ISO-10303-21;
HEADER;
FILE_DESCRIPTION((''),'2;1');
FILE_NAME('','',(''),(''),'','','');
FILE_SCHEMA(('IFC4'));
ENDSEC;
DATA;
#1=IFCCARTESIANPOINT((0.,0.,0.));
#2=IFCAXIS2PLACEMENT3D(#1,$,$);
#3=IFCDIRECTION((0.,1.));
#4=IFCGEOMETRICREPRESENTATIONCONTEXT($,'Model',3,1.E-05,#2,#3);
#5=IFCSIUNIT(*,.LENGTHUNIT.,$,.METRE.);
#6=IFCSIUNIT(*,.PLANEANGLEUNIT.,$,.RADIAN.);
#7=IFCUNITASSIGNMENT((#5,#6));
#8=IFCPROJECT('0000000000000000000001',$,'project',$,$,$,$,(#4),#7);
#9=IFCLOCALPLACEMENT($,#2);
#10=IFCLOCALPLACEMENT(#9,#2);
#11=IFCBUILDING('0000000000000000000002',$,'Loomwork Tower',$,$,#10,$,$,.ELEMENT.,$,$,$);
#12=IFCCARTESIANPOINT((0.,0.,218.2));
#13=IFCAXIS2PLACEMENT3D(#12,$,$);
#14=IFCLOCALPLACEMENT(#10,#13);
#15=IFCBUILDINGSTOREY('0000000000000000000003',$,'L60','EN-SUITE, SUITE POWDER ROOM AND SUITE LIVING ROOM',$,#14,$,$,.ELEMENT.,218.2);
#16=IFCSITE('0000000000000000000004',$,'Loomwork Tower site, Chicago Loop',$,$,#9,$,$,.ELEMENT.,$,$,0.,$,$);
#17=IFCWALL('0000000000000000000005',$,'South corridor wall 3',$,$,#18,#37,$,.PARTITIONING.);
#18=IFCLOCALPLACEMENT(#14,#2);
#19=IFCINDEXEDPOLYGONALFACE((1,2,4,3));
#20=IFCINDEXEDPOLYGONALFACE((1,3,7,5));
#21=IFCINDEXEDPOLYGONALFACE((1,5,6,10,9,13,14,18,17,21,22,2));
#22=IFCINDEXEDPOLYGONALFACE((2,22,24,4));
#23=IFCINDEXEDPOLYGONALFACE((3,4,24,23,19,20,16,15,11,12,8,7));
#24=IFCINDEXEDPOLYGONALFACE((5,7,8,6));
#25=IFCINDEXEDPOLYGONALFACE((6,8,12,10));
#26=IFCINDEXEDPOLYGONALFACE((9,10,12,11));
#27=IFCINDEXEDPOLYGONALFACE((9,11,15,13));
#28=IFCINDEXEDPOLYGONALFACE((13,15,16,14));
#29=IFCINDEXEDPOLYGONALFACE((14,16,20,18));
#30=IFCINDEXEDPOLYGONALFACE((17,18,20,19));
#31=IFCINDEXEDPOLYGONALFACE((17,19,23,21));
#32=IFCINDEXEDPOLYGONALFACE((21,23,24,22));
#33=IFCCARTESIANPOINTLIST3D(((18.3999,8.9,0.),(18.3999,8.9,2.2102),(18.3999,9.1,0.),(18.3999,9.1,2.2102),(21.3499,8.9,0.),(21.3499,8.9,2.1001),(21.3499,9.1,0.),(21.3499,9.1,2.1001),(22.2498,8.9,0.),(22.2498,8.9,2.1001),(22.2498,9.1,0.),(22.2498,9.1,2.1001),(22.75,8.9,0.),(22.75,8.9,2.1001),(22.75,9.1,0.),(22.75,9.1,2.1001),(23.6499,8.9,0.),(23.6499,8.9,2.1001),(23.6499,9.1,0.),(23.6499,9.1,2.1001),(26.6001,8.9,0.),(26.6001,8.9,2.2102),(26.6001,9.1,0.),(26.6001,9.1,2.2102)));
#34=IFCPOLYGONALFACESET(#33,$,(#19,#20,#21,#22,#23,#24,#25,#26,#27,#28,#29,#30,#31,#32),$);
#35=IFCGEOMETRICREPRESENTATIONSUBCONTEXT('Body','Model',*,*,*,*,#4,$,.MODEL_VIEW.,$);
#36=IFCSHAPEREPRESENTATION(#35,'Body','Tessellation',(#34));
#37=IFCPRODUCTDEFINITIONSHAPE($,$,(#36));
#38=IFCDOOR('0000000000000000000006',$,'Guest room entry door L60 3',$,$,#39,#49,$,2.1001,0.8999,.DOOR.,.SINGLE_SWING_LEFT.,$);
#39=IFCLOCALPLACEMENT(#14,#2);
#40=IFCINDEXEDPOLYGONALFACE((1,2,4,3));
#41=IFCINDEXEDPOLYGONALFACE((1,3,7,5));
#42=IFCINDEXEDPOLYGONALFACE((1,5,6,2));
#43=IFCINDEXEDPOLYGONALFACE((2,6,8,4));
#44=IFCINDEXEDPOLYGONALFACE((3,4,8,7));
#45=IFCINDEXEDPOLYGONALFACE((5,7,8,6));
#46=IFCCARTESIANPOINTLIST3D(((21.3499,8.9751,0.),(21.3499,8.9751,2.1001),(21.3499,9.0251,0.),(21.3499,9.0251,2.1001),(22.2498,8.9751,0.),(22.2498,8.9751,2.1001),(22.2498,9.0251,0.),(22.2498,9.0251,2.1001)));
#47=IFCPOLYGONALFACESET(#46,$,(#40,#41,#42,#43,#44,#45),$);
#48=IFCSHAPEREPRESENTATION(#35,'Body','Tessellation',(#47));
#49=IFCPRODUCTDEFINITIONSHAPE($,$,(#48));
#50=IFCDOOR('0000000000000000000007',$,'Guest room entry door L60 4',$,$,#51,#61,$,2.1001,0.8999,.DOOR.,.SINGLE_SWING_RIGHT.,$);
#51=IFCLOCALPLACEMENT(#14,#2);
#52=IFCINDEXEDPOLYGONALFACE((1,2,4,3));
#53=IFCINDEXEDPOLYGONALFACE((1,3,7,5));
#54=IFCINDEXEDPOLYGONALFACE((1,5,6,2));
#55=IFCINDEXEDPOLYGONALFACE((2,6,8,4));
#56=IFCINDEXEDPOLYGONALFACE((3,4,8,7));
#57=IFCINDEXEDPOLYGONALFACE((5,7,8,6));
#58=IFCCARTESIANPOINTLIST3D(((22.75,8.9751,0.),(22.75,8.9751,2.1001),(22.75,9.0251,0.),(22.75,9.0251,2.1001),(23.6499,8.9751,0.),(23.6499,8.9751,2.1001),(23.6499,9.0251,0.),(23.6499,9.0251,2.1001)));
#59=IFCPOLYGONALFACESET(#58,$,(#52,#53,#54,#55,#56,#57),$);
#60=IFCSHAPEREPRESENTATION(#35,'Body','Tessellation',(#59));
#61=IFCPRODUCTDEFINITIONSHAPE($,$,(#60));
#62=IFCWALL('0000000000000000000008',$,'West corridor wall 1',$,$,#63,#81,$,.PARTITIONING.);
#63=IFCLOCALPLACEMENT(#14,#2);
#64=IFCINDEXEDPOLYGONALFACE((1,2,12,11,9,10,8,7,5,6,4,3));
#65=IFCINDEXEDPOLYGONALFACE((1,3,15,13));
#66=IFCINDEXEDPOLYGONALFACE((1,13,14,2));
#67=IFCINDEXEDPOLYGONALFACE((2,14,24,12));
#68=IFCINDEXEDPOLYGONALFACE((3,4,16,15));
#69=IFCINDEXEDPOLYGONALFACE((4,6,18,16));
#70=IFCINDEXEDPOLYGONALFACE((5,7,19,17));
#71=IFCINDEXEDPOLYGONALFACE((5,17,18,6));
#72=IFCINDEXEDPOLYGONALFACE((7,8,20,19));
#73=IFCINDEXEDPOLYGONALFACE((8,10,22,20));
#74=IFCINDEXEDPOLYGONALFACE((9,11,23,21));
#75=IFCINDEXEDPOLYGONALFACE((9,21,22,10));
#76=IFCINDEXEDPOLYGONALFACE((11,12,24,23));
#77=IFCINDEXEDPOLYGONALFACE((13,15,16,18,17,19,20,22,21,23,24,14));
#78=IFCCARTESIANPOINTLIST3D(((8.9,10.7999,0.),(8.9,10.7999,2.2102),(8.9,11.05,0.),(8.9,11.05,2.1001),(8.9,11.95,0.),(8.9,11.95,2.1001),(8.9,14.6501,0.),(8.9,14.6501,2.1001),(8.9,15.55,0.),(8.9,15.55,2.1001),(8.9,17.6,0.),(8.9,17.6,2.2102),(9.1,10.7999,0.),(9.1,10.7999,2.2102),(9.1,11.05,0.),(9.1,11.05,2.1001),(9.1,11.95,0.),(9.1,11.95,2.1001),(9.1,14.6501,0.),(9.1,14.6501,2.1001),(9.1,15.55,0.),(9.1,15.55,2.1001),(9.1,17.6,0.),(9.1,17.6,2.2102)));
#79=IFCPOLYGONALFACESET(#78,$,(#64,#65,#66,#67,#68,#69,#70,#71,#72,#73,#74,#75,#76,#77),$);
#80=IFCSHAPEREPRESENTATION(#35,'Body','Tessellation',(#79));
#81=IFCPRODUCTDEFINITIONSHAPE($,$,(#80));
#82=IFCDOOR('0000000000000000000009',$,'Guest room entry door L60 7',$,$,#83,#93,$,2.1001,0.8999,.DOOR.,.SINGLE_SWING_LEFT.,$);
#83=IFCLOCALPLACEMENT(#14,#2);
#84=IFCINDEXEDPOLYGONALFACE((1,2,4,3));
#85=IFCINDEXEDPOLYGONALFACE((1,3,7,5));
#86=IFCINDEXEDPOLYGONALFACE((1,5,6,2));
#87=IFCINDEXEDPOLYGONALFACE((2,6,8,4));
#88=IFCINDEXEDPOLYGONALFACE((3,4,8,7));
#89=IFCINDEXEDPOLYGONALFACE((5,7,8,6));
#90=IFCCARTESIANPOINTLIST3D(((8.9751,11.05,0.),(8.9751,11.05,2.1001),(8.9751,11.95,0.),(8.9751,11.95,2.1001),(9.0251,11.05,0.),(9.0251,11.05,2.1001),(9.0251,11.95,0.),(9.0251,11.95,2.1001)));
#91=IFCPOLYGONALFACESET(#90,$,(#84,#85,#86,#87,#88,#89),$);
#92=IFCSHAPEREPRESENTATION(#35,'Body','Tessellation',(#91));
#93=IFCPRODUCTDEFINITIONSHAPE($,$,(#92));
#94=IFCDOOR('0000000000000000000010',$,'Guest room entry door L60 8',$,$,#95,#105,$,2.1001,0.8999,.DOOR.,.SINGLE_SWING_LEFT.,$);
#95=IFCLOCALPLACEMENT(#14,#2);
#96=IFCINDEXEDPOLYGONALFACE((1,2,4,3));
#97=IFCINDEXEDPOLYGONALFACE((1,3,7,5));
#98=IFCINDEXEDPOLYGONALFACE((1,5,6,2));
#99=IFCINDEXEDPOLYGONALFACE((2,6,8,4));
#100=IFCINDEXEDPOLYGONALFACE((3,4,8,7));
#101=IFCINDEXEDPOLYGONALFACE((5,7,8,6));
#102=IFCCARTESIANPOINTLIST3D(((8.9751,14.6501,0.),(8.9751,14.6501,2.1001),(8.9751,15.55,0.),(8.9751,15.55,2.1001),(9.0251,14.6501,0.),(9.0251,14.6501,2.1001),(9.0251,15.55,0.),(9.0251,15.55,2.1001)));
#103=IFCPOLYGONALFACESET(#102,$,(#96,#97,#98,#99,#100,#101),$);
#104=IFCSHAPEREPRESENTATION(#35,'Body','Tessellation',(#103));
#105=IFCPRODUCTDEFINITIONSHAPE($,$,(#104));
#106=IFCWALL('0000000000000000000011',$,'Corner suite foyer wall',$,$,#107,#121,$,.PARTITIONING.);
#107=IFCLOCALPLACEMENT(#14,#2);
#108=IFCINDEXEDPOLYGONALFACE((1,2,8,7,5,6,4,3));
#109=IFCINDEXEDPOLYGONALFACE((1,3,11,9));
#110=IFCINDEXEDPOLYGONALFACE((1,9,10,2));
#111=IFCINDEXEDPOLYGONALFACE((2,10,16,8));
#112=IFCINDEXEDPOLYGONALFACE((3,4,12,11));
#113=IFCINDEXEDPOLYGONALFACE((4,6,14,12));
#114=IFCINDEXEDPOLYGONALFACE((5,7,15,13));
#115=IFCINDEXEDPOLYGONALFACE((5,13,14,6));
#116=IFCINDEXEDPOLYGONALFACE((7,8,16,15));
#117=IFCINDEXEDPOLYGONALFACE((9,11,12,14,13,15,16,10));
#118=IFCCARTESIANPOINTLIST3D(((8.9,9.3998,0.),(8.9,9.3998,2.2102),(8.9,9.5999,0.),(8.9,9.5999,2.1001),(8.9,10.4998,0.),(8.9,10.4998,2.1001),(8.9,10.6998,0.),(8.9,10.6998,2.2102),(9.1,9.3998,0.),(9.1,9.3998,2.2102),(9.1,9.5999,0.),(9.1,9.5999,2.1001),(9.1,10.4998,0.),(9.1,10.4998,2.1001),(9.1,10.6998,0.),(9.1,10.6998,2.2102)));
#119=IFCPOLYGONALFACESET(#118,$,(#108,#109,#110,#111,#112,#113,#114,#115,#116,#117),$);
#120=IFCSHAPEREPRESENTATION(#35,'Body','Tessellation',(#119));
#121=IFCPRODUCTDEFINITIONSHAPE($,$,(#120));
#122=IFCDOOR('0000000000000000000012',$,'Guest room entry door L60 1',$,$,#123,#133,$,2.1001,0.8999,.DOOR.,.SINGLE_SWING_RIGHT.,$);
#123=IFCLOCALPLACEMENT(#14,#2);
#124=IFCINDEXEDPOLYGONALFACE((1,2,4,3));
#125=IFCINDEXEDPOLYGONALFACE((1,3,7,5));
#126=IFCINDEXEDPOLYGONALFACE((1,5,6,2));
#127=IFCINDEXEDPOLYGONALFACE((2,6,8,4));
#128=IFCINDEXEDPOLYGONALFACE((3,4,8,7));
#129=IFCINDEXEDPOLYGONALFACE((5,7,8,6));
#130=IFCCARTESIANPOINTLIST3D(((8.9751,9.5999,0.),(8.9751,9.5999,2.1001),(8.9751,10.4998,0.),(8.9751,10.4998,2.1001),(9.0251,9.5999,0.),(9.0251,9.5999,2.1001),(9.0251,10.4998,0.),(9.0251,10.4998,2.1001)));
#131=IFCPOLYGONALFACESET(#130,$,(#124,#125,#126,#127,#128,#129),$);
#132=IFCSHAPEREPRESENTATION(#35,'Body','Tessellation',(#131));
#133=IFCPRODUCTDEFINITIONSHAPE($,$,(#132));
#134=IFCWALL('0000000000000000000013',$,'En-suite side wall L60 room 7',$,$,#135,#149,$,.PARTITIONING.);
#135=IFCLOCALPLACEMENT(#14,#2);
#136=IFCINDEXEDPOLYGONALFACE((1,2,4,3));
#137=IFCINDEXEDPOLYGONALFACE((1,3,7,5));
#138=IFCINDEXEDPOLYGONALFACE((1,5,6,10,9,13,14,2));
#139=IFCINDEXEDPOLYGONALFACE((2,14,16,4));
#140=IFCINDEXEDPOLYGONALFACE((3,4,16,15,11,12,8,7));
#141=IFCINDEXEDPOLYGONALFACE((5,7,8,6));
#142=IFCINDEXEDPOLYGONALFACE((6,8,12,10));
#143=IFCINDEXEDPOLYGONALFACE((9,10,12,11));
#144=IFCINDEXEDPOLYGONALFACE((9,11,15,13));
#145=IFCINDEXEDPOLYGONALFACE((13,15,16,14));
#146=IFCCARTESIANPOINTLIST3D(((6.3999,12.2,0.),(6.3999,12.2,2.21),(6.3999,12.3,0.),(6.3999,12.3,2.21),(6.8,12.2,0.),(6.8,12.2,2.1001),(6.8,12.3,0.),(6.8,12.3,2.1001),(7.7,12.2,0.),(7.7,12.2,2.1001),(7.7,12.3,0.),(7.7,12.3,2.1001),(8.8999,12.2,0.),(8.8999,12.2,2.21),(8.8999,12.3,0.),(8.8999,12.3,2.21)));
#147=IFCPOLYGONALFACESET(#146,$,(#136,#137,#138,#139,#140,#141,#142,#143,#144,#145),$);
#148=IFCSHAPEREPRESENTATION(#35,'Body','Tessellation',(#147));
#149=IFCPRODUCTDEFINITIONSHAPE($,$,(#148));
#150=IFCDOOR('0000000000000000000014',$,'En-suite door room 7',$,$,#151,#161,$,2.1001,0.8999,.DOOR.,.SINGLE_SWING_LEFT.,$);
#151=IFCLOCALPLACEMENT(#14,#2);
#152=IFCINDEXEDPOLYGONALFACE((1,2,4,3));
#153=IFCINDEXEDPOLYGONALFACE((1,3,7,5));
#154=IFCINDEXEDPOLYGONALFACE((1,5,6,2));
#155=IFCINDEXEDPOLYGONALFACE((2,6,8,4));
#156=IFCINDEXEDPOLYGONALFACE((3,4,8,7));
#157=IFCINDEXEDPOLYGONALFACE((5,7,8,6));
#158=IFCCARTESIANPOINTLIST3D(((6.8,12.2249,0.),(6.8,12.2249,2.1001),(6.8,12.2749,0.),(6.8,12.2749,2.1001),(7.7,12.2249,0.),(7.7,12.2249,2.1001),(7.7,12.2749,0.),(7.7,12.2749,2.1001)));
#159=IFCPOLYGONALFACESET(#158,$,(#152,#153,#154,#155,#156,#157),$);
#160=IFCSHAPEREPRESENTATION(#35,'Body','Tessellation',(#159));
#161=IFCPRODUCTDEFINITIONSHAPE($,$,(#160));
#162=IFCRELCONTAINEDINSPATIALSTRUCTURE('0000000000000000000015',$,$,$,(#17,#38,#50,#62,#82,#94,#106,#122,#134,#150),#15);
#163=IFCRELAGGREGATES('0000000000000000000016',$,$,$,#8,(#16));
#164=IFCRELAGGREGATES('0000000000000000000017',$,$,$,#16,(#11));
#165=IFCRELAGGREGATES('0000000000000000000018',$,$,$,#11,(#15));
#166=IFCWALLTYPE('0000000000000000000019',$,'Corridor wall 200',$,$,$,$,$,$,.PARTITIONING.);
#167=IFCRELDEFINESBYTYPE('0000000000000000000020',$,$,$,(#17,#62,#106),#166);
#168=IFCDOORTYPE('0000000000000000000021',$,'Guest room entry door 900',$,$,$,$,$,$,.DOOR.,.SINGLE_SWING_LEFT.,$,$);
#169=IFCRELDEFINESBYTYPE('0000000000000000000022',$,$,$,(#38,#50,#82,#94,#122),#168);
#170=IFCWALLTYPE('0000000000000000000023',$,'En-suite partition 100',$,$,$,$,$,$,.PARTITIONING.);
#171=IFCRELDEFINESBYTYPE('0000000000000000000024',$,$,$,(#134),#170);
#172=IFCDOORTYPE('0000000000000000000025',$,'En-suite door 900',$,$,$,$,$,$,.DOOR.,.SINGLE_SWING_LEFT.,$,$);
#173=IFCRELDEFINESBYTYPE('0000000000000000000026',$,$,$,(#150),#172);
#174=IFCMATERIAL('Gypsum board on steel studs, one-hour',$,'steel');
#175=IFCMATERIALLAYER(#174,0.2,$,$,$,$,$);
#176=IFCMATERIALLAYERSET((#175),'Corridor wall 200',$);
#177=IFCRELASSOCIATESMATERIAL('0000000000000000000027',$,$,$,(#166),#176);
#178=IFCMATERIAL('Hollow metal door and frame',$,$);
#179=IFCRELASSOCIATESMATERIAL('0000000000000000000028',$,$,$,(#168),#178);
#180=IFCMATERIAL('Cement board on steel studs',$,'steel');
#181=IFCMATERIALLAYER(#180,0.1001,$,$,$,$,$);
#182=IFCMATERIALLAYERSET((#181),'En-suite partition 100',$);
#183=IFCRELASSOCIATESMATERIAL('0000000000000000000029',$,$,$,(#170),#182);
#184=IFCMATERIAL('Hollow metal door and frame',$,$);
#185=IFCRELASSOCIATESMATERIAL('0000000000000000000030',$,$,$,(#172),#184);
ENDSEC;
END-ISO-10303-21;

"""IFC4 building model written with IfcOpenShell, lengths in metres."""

from ifc_helpers import new_model, si_unit, direction, frame, frame_2d, origin, place, context, subcontext, project, spatial, rectangle, extrude, material, layer, layer_set, type_object, element, fill, save


model = new_model("IFC4")

# Units and contexts
model_context = context("Model", 3, precision=1e-05, world=origin(), true_north=direction((0.0, 1.0)))
body_context = subcontext(model_context, "Body", "Model", "MODEL_VIEW")
ifc_project = project(units=[si_unit("LENGTHUNIT", "METRE"), si_unit("PLANEANGLEUNIT", "RADIAN")], contexts=[model_context])

# Site, building, storey
site_placement = place(None, origin())
site = spatial("IfcSite", under=ifc_project, at=site_placement, Name="Loomwork Tower site, Chicago Loop", CompositionType="ELEMENT", RefElevation=0.0)
building_placement = place(site_placement, origin())
building = spatial("IfcBuilding", under=site, at=building_placement, Name="Loomwork Tower", CompositionType="ELEMENT")
storey_placement = place(building_placement, frame((0.0, 0.0, 218.2)))
storey = spatial("IfcBuildingStorey", under=building, at=storey_placement, Name="L60", Description="EN-SUITE, SUITE POWDER ROOM AND SUITE LIVING ROOM", CompositionType="ELEMENT", Elevation=218.2)

# Walls, openings, doors
ifc_material_1 = material(Name="Gypsum board on steel studs, one-hour", Category="steel")
ifc_layer_1 = layer(ifc_material_1, 0.2)
ifc_layer_set_1 = layer_set([ifc_layer_1], Name="Corridor wall 200")
wall_type_1 = type_object("IfcWallType", Name="Corridor wall 200", PredefinedType="PARTITIONING", material=ifc_layer_set_1)
wall_1_placement = place(storey_placement, frame((18.3999, 9.0, 0.0), z_axis=(0.0, 0.0, 1.0), x_axis=(1.0, 0.0, 0.0)))
wall_1 = element("IfcWall", 1, at=wall_1_placement, inside=storey, type_object=wall_type_1, Name="South corridor wall 3", PredefinedType="PARTITIONING", context=body_context, shape_type="SweptSolid", body=[
    extrude(rectangle(XDim=8.2002, YDim=0.2, at=frame_2d((4.1001, 0.0))), origin(), (0.0, 0.0, 1.0), 2.2102),
])
opening_1_placement = place(wall_1_placement, frame((2.95, 0.0, 0.0)))
opening_1 = element("IfcOpeningElement", 2, at=opening_1_placement, cuts=wall_1, PredefinedType="OPENING", context=body_context, shape_type="SweptSolid", body=[
    extrude(rectangle(XDim=0.8999, YDim=2.1001, at=frame_2d((0.45, 1.05))), frame((0.0, 0.1099, 0.0), z_axis=(0.0, -1.0, 0.0), x_axis=(1.0, 0.0, 0.0)), (0.0, 0.0, 1.0), 0.22),
])
opening_2_placement = place(wall_1_placement, frame((4.3501, 0.0, 0.0)))
opening_2 = element("IfcOpeningElement", 3, at=opening_2_placement, cuts=wall_1, PredefinedType="OPENING", context=body_context, shape_type="SweptSolid", body=[
    extrude(rectangle(XDim=0.8999, YDim=2.1001, at=frame_2d((0.45, 1.05))), frame((0.0, 0.1099, 0.0), z_axis=(0.0, -1.0, 0.0), x_axis=(1.0, 0.0, 0.0)), (0.0, 0.0, 1.0), 0.22),
])
ifc_material_2 = material(Name="Hollow metal door and frame")
door_type_1 = type_object("IfcDoorType", Name="Guest room entry door 900", OperationType="SINGLE_SWING_LEFT", PredefinedType="DOOR", material=ifc_material_2)
door_1_placement = place(opening_1_placement, frame((0.8999, 0.0, 0.0), z_axis=(0.0, 0.0, 1.0), x_axis=(-1.0, 0.0, 0.0)))
door_1 = element("IfcDoor", 4, at=door_1_placement, inside=storey, type_object=door_type_1, Name="Guest room entry door L60 3", OperationType="SINGLE_SWING_LEFT", OverallHeight=2.1001, OverallWidth=0.8999, PredefinedType="DOOR", context=body_context, shape_type="SweptSolid", body=[
    extrude(rectangle(XDim=0.8999, YDim=2.1001, at=frame_2d((0.45, 1.05))), frame((0.0, 0.0249, 0.0), z_axis=(0.0, -1.0, 0.0), x_axis=(1.0, 0.0, 0.0)), (0.0, 0.0, 1.0), 0.05),
])
fill(opening_1, door_1)
door_2_placement = place(opening_2_placement, frame((0.8999, 0.0, 0.0), z_axis=(0.0, 0.0, 1.0), x_axis=(-1.0, 0.0, 0.0)))
door_2 = element("IfcDoor", 5, at=door_2_placement, inside=storey, type_object=door_type_1, Name="Guest room entry door L60 4", OperationType="SINGLE_SWING_RIGHT", OverallHeight=2.1001, OverallWidth=0.8999, PredefinedType="DOOR", context=body_context, shape_type="SweptSolid", body=[
    extrude(rectangle(XDim=0.8999, YDim=2.1001, at=frame_2d((0.45, 1.05))), frame((0.0, 0.0249, 0.0), z_axis=(0.0, -1.0, 0.0), x_axis=(1.0, 0.0, 0.0)), (0.0, 0.0, 1.0), 0.05),
])
fill(opening_2, door_2)
wall_2_placement = place(storey_placement, frame((9.0, 10.8, 0.0), z_axis=(0.0, 0.0, 1.0), x_axis=(0.0, 1.0, 0.0)))
wall_2 = element("IfcWall", 6, at=wall_2_placement, inside=storey, type_object=wall_type_1, Name="West corridor wall 1", PredefinedType="PARTITIONING", context=body_context, shape_type="SweptSolid", body=[
    extrude(rectangle(XDim=6.8, YDim=0.2, at=frame_2d((3.3999, 0.0))), origin(), (0.0, 0.0, 1.0), 2.2102),
])
opening_3_placement = place(wall_2_placement, frame((0.25, 0.0, 0.0)))
opening_3 = element("IfcOpeningElement", 7, at=opening_3_placement, cuts=wall_2, PredefinedType="OPENING", context=body_context, shape_type="SweptSolid", body=[
    extrude(rectangle(XDim=0.8999, YDim=2.1001, at=frame_2d((0.45, 1.05))), frame((0.0, 0.1099, 0.0), z_axis=(0.0, -1.0, 0.0), x_axis=(1.0, 0.0, 0.0)), (0.0, 0.0, 1.0), 0.22),
])
opening_4_placement = place(wall_2_placement, frame((3.8501, 0.0, 0.0)))
opening_4 = element("IfcOpeningElement", 8, at=opening_4_placement, cuts=wall_2, PredefinedType="OPENING", context=body_context, shape_type="SweptSolid", body=[
    extrude(rectangle(XDim=0.8999, YDim=2.1001, at=frame_2d((0.45, 1.05))), frame((0.0, 0.1099, 0.0), z_axis=(0.0, -1.0, 0.0), x_axis=(1.0, 0.0, 0.0)), (0.0, 0.0, 1.0), 0.22),
])
door_3_placement = place(opening_3_placement, origin())
door_3 = element("IfcDoor", 9, at=door_3_placement, inside=storey, type_object=door_type_1, Name="Guest room entry door L60 7", OperationType="SINGLE_SWING_LEFT", OverallHeight=2.1001, OverallWidth=0.8999, PredefinedType="DOOR", context=body_context, shape_type="SweptSolid", body=[
    extrude(rectangle(XDim=0.8999, YDim=2.1001, at=frame_2d((0.45, 1.05))), frame((0.0, 0.0249, 0.0), z_axis=(0.0, -1.0, 0.0), x_axis=(1.0, 0.0, 0.0)), (0.0, 0.0, 1.0), 0.05),
])
fill(opening_3, door_3)
door_4_placement = place(opening_4_placement, origin())
door_4 = element("IfcDoor", 10, at=door_4_placement, inside=storey, type_object=door_type_1, Name="Guest room entry door L60 8", OperationType="SINGLE_SWING_LEFT", OverallHeight=2.1001, OverallWidth=0.8999, PredefinedType="DOOR", context=body_context, shape_type="SweptSolid", body=[
    extrude(rectangle(XDim=0.8999, YDim=2.1001, at=frame_2d((0.45, 1.05))), frame((0.0, 0.0249, 0.0), z_axis=(0.0, -1.0, 0.0), x_axis=(1.0, 0.0, 0.0)), (0.0, 0.0, 1.0), 0.05),
])
fill(opening_4, door_4)

# Walls, openings, doors
wall_3_placement = place(storey_placement, frame((9.0, 9.3999, 0.0), z_axis=(0.0, 0.0, 1.0), x_axis=(0.0, 1.0, 0.0)))
wall_3 = element("IfcWall", 11, at=wall_3_placement, inside=storey, type_object=wall_type_1, Name="Corner suite foyer wall", PredefinedType="PARTITIONING", context=body_context, shape_type="SweptSolid", body=[
    extrude(rectangle(XDim=1.3, YDim=0.2, at=frame_2d((0.6499, 0.0))), origin(), (0.0, 0.0, 1.0), 2.2102),
])
opening_5_placement = place(wall_3_placement, frame((0.2, 0.0, 0.0)))
opening_5 = element("IfcOpeningElement", 12, at=opening_5_placement, cuts=wall_3, PredefinedType="OPENING", context=body_context, shape_type="SweptSolid", body=[
    extrude(rectangle(XDim=0.8999, YDim=2.1001, at=frame_2d((0.45, 1.05))), frame((0.0, 0.1099, 0.0), z_axis=(0.0, -1.0, 0.0), x_axis=(1.0, 0.0, 0.0)), (0.0, 0.0, 1.0), 0.22),
])
door_5_placement = place(opening_5_placement, origin())
door_5 = element("IfcDoor", 13, at=door_5_placement, inside=storey, type_object=door_type_1, Name="Guest room entry door L60 1", OperationType="SINGLE_SWING_RIGHT", OverallHeight=2.1001, OverallWidth=0.8999, PredefinedType="DOOR", context=body_context, shape_type="SweptSolid", body=[
    extrude(rectangle(XDim=0.8999, YDim=2.1001, at=frame_2d((0.45, 1.05))), frame((0.0, 0.0249, 0.0), z_axis=(0.0, -1.0, 0.0), x_axis=(1.0, 0.0, 0.0)), (0.0, 0.0, 1.0), 0.05),
])
fill(opening_5, door_5)
ifc_material_3 = material(Name="Cement board on steel studs", Category="steel")
ifc_layer_2 = layer(ifc_material_3, 0.1001)
ifc_layer_set_2 = layer_set([ifc_layer_2], Name="En-suite partition 100")
wall_type_2 = type_object("IfcWallType", Name="En-suite partition 100", PredefinedType="PARTITIONING", material=ifc_layer_set_2)
wall_4_placement = place(storey_placement, frame((8.8999, 12.25, 0.0), z_axis=(0.0, 0.0, 1.0), x_axis=(-1.0, 0.0, 0.0)))
wall_4 = element("IfcWall", 14, at=wall_4_placement, inside=storey, type_object=wall_type_2, Name="En-suite side wall L60 room 7", PredefinedType="PARTITIONING", context=body_context, shape_type="SweptSolid", body=[
    extrude(rectangle(XDim=2.5, YDim=0.1001, at=frame_2d((1.25, 0.0))), origin(), (0.0, 0.0, 1.0), 2.21),
])
opening_6_placement = place(wall_4_placement, frame((1.2, 0.0, 0.0)))
opening_6 = element("IfcOpeningElement", 15, at=opening_6_placement, cuts=wall_4, PredefinedType="OPENING", context=body_context, shape_type="SweptSolid", body=[
    extrude(rectangle(XDim=0.8999, YDim=2.1001, at=frame_2d((0.45, 1.05))), frame((0.0, 0.0601, 0.0), z_axis=(0.0, -1.0, 0.0), x_axis=(1.0, 0.0, 0.0)), (0.0, 0.0, 1.0), 0.1201),
])
ifc_material_4 = material(Name="Hollow metal door and frame")
door_type_2 = type_object("IfcDoorType", Name="En-suite door 900", OperationType="SINGLE_SWING_LEFT", PredefinedType="DOOR", material=ifc_material_4)
door_6_placement = place(opening_6_placement, frame((0.8999, 0.0, 0.0), z_axis=(0.0, 0.0, 1.0), x_axis=(-1.0, 0.0, 0.0)))
door_6 = element("IfcDoor", 16, at=door_6_placement, inside=storey, type_object=door_type_2, Name="En-suite door room 7", OperationType="SINGLE_SWING_LEFT", OverallHeight=2.1001, OverallWidth=0.8999, PredefinedType="DOOR", context=body_context, shape_type="SweptSolid", body=[
    extrude(rectangle(XDim=0.8999, YDim=2.1001, at=frame_2d((0.45, 1.05))), frame((0.0, 0.0249, 0.0), z_axis=(0.0, -1.0, 0.0), x_axis=(1.0, 0.0, 0.0)), (0.0, 0.0, 1.0), 0.05),
])
fill(opening_6, door_6)

save(model, "model.ifc")
